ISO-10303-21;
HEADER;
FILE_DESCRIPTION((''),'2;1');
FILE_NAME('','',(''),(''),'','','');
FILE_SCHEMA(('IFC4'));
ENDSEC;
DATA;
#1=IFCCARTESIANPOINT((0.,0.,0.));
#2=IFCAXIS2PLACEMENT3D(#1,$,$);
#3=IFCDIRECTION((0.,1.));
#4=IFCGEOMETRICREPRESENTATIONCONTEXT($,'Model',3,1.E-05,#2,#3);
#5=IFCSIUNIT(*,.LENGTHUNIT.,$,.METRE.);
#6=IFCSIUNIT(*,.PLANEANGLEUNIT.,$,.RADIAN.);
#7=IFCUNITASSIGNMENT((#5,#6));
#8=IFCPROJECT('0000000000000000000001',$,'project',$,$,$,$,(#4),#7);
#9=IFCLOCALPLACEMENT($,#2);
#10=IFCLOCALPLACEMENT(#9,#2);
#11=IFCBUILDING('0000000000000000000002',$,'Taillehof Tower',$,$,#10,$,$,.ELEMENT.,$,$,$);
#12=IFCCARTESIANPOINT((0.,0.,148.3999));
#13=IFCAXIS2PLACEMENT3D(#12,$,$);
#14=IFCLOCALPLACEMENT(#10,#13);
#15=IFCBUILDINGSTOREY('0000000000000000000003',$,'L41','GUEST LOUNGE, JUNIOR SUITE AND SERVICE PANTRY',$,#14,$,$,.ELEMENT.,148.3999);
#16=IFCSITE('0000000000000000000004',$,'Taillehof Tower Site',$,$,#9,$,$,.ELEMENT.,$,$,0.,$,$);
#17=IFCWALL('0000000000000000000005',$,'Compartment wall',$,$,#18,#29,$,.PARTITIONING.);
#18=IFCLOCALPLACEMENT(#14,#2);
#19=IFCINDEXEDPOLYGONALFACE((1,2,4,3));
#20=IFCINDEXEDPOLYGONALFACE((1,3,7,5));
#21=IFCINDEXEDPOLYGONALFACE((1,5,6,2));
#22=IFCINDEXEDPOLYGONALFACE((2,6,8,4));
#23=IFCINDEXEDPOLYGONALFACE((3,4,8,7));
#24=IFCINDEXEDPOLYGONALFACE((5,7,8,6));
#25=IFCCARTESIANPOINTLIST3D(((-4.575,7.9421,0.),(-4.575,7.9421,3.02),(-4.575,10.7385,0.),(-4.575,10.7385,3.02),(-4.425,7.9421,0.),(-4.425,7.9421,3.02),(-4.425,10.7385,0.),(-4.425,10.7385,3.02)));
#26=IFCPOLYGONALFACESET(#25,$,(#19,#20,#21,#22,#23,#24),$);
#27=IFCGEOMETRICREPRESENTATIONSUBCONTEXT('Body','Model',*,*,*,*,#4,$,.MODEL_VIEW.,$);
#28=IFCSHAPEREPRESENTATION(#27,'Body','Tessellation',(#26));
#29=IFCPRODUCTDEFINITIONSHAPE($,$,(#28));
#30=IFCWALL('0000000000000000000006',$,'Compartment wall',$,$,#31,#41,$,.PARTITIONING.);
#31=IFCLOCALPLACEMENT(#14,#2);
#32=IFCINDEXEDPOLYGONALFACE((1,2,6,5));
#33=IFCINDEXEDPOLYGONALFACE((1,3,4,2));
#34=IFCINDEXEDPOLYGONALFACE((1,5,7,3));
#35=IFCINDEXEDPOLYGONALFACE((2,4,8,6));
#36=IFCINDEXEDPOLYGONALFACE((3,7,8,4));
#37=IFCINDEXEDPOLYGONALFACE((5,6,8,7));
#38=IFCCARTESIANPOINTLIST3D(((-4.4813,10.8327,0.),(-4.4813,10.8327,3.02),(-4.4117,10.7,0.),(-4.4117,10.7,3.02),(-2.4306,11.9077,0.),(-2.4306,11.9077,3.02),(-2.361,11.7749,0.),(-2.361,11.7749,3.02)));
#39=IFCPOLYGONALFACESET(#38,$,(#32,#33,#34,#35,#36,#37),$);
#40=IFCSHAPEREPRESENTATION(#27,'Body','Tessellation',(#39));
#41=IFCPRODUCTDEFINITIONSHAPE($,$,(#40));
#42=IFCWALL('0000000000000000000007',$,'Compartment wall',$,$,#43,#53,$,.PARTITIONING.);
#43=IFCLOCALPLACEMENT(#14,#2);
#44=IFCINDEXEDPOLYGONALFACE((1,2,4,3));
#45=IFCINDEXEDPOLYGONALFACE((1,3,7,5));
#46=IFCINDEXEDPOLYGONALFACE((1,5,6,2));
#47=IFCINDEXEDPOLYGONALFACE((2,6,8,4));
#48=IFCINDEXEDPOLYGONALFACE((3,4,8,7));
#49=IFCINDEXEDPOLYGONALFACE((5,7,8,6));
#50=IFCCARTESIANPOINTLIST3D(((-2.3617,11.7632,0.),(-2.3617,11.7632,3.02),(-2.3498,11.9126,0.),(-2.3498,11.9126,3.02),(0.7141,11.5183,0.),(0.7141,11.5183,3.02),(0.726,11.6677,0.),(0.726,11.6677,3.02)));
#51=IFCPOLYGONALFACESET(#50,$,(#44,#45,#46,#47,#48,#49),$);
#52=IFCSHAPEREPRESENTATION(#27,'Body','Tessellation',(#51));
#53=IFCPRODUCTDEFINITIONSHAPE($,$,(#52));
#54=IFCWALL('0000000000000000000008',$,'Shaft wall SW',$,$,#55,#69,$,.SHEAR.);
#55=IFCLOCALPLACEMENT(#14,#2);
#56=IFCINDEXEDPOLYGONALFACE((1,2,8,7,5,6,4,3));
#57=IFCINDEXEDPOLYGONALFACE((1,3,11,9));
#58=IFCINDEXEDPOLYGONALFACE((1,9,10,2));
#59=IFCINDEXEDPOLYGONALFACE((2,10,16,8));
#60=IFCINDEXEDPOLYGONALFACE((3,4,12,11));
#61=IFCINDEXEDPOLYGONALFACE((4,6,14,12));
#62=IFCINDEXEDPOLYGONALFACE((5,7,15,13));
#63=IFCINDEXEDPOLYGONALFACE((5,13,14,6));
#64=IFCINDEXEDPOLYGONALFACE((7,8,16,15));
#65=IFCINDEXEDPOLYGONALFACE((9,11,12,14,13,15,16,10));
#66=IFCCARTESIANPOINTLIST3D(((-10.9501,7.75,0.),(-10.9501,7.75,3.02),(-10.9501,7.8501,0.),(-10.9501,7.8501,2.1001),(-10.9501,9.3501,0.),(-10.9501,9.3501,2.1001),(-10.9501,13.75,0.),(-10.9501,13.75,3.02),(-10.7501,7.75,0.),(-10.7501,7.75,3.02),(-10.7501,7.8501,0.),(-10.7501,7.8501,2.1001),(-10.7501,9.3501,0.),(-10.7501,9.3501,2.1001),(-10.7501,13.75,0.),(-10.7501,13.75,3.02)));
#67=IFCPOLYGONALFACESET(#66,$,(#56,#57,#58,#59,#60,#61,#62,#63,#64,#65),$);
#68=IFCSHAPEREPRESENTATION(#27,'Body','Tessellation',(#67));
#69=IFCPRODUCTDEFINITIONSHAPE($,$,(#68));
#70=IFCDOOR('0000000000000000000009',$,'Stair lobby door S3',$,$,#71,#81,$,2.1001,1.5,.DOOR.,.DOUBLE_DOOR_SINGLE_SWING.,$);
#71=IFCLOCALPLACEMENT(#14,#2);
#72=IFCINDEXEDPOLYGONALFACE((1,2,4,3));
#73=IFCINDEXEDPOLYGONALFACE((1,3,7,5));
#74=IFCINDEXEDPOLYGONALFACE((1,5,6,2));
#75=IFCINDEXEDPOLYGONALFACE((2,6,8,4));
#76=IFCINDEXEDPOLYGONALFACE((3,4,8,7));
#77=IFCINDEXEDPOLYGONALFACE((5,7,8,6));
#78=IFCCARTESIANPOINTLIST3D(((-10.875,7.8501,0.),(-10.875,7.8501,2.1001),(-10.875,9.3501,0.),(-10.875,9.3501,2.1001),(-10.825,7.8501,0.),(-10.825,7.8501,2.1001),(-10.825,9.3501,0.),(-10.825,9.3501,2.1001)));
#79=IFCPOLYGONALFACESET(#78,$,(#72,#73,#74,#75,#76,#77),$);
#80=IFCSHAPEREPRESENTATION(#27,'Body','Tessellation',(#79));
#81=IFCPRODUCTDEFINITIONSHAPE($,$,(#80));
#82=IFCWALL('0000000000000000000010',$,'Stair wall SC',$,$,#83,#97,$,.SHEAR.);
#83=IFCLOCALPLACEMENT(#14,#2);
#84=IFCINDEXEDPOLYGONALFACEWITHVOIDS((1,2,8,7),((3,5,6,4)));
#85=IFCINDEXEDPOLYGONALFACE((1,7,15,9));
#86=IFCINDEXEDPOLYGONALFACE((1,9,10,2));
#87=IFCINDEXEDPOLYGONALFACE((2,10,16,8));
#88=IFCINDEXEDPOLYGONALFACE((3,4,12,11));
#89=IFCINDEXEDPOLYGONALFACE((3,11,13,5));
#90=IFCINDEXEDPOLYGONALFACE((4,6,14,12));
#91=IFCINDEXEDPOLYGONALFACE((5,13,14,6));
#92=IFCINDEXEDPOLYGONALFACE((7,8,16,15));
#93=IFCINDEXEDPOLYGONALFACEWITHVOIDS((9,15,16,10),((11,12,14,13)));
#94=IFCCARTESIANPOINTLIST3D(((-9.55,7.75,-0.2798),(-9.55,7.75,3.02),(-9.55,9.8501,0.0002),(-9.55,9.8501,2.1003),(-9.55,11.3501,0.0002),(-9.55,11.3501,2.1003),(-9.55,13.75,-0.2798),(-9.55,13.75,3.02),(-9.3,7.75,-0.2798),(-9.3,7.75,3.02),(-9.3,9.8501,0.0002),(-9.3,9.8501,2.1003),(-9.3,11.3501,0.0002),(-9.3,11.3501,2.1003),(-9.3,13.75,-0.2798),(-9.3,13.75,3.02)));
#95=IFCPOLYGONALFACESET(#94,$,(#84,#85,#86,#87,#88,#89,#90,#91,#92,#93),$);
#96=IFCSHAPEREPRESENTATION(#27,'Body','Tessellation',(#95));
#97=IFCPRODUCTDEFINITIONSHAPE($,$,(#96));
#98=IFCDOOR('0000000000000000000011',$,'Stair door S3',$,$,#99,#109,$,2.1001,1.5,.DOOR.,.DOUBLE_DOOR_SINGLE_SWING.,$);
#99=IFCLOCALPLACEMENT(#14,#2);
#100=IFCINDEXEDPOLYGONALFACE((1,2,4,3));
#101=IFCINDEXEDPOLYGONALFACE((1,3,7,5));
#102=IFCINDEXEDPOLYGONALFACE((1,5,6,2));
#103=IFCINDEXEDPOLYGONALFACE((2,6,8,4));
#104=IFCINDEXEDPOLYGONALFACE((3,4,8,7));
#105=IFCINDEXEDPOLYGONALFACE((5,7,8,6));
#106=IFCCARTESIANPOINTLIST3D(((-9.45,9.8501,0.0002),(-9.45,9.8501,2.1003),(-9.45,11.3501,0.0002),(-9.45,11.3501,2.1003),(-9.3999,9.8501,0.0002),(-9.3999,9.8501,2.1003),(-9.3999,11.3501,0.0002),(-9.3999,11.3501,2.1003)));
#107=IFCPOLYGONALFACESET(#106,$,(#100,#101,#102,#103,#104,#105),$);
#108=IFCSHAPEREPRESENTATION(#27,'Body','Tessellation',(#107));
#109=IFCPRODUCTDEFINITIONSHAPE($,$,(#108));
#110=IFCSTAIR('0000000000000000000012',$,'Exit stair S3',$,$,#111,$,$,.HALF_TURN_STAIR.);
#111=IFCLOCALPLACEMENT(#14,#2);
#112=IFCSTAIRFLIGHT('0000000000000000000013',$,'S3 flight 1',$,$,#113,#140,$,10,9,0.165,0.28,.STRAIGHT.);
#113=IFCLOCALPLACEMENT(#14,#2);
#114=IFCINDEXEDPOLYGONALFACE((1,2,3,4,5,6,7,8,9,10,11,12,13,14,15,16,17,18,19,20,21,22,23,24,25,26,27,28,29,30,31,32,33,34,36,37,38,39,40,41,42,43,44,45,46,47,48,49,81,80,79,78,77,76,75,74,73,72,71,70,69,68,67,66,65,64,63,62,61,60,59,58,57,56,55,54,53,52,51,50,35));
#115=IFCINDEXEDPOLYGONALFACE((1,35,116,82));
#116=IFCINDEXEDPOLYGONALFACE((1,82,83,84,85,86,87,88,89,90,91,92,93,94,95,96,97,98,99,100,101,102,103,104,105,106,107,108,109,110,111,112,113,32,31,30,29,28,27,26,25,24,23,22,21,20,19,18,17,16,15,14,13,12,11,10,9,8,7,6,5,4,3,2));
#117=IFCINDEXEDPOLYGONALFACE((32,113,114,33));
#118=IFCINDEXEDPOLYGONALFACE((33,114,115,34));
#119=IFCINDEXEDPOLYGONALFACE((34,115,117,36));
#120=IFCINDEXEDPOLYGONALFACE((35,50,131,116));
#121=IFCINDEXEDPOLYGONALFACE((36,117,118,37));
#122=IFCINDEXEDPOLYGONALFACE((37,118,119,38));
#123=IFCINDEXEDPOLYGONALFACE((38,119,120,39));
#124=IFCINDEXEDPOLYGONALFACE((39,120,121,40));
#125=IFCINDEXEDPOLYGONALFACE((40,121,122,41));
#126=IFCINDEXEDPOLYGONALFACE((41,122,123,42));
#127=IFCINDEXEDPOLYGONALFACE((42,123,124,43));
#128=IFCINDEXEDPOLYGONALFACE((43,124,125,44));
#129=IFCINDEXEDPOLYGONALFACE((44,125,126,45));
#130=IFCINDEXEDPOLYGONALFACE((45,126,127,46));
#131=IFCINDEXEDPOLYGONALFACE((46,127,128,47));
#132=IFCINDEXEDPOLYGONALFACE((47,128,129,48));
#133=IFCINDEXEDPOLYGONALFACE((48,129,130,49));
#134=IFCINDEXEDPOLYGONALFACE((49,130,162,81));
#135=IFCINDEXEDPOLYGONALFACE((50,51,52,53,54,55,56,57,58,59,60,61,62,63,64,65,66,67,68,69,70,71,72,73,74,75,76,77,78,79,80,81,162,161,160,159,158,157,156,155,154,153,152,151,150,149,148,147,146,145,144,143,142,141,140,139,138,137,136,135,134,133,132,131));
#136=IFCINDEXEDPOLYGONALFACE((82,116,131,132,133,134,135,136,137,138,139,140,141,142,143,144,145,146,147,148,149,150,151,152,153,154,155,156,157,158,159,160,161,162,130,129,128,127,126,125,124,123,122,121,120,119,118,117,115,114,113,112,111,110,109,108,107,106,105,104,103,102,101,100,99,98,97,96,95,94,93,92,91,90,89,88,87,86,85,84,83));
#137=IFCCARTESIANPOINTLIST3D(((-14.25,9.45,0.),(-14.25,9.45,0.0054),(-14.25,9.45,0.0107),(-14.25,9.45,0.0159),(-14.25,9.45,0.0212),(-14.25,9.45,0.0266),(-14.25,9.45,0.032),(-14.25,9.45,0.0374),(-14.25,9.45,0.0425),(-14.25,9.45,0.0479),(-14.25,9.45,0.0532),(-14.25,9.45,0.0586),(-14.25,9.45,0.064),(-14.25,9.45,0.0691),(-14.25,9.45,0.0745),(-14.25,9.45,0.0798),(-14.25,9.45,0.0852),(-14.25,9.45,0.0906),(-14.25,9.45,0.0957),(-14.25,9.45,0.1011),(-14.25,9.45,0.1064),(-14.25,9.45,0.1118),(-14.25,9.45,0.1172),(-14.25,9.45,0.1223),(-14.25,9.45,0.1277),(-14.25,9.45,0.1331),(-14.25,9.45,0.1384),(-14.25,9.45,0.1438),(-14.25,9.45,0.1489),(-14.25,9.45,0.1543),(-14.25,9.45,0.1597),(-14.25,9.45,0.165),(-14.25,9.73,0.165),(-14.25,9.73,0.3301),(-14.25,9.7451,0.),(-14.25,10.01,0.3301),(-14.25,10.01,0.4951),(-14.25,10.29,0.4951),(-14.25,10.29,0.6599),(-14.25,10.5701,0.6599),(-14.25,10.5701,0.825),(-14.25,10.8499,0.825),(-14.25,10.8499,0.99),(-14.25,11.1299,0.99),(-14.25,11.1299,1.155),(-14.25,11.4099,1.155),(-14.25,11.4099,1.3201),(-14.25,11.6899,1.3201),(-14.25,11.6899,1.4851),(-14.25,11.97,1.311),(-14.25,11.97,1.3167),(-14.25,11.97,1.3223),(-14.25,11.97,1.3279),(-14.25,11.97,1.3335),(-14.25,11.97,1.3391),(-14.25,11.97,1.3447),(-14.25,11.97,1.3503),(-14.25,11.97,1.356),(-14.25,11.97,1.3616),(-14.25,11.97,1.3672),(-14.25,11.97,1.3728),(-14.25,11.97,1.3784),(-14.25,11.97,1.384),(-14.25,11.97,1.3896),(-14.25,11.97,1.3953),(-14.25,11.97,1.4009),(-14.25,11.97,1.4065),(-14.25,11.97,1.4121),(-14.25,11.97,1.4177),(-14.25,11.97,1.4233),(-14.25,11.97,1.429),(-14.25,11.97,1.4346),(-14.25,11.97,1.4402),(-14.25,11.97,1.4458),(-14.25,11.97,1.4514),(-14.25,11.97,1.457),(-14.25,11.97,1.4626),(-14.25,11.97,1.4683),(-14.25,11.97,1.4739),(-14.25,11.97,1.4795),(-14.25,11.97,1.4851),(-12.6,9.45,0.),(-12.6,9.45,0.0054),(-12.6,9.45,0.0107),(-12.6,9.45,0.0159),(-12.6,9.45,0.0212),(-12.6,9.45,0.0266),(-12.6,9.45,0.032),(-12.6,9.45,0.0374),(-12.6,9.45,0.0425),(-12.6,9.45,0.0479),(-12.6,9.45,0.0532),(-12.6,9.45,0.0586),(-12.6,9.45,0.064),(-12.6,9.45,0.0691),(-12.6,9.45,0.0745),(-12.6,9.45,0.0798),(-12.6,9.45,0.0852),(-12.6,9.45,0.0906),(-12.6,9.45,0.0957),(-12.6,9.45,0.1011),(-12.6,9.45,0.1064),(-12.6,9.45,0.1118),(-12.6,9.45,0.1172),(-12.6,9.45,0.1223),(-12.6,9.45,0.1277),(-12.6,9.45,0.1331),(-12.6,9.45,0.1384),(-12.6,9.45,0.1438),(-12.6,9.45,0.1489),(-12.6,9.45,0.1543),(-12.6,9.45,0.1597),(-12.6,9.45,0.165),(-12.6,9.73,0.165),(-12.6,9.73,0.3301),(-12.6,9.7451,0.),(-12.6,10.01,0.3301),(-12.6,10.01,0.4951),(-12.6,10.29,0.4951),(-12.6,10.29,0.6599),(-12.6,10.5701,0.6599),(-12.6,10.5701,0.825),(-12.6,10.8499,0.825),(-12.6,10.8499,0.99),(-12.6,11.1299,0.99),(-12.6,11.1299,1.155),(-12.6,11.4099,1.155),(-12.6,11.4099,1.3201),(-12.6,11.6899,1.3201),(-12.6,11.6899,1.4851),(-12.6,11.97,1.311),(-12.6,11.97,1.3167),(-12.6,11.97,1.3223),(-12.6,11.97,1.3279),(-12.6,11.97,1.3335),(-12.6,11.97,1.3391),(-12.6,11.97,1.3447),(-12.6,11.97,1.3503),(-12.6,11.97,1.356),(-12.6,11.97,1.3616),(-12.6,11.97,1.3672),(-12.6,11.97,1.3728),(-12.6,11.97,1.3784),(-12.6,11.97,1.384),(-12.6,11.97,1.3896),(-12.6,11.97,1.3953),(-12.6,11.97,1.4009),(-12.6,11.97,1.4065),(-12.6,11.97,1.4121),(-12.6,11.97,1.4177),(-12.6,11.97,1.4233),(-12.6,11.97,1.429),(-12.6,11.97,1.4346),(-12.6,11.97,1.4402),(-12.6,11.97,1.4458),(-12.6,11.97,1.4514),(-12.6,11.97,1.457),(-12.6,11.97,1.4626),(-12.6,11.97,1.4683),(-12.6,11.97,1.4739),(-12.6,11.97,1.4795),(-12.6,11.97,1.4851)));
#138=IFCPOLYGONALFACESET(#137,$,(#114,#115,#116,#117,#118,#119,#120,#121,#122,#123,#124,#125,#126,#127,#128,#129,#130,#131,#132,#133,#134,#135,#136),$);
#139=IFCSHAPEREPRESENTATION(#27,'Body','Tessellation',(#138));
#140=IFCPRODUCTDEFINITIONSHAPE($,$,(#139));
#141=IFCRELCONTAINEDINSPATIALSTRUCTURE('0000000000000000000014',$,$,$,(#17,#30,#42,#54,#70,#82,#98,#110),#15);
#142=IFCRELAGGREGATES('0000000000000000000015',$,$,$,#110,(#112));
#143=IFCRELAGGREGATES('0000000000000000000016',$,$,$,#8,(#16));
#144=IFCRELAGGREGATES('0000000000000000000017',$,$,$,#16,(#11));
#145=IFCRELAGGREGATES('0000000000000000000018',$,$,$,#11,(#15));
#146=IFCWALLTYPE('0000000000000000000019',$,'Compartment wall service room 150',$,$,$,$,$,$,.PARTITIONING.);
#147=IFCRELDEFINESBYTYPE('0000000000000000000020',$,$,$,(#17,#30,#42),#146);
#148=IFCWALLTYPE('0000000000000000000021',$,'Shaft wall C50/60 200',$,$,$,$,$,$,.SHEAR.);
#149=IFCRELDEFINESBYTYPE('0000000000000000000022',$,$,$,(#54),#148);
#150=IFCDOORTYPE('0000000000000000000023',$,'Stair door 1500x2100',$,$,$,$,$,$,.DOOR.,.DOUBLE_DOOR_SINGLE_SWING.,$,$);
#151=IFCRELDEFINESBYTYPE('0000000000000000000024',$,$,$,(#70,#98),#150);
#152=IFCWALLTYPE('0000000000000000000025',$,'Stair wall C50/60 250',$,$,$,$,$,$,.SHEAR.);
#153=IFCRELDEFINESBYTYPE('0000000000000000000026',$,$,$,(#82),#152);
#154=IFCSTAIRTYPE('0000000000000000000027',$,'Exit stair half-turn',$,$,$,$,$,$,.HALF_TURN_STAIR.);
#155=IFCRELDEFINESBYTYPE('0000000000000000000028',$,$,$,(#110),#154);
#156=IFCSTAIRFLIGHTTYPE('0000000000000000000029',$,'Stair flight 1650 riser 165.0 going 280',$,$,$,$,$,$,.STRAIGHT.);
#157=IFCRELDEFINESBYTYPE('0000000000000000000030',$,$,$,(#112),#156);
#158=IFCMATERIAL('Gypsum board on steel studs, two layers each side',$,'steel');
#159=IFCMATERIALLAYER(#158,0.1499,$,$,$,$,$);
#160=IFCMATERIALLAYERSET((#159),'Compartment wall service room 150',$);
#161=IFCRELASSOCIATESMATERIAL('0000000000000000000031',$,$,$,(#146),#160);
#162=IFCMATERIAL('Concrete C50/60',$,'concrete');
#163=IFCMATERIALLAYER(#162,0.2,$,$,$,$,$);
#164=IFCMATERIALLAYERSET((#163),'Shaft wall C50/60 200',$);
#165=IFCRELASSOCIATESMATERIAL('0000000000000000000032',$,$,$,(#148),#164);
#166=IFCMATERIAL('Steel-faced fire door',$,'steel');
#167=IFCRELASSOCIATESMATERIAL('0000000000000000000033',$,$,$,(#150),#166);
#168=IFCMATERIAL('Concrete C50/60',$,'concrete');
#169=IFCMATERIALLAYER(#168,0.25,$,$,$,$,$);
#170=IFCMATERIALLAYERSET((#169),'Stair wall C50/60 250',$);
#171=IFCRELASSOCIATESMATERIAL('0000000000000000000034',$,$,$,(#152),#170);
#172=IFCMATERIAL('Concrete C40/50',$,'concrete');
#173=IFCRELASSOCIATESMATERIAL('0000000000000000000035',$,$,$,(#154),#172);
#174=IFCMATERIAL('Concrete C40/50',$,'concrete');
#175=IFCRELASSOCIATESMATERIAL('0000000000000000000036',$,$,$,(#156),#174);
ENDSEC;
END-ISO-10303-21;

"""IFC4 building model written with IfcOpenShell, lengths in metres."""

from ifc_helpers import new_model, si_unit, direction, frame, frame_2d, origin, place, context, subcontext, project, spatial, polyline, rectangle, outline, extrude, material, layer, layer_set, type_object, element, fill, aggregate, save


model = new_model("IFC4")

# Units and contexts
model_context = context("Model", 3, precision=1e-05, world=origin(), true_north=direction((0.0, 1.0)))
body_context = subcontext(model_context, "Body", "Model", "MODEL_VIEW")
ifc_project = project(units=[si_unit("LENGTHUNIT", "METRE"), si_unit("PLANEANGLEUNIT", "RADIAN")], contexts=[model_context])

# Site, building, storey
site_placement = place(None, origin())
site = spatial("IfcSite", under=ifc_project, at=site_placement, Name="Taillehof Tower Site", CompositionType="ELEMENT", RefElevation=0.0)
building_placement = place(site_placement, origin())
building = spatial("IfcBuilding", under=site, at=building_placement, Name="Taillehof Tower", CompositionType="ELEMENT")
storey_placement = place(building_placement, frame((0.0, 0.0, 148.3999)))
storey = spatial("IfcBuildingStorey", under=building, at=storey_placement, Name="L41", Description="GUEST LOUNGE, JUNIOR SUITE AND SERVICE PANTRY", CompositionType="ELEMENT", Elevation=148.3999)

# Walls
ifc_material_1 = material(Name="Gypsum board on steel studs, two layers each side", Category="steel")
ifc_layer_1 = layer(ifc_material_1, 0.1499)
ifc_layer_set_1 = layer_set([ifc_layer_1], Name="Compartment wall service room 150")
wall_type_1 = type_object("IfcWallType", Name="Compartment wall service room 150", PredefinedType="PARTITIONING", material=ifc_layer_set_1)
wall_1_placement = place(storey_placement, frame((-4.5, 7.9421, 0.0), z_axis=(0.0, 0.0, 1.0), x_axis=(0.0, 1.0, 0.0)))
element("IfcWall", 1, at=wall_1_placement, inside=storey, type_object=wall_type_1, Name="Compartment wall", PredefinedType="PARTITIONING", context=body_context, shape_type="SweptSolid", body=[
    extrude(rectangle(XDim=2.7964, YDim=0.1499, at=frame_2d((1.3982, 0.0))), origin(), (0.0, 0.0, 1.0), 3.02),
])
wall_2_placement = place(storey_placement, frame((-4.4465, 10.7664, 0.0), z_axis=(0.0, 0.0, 1.0), x_axis=(0.885701, 0.464255, 0.0)))
element("IfcWall", 2, at=wall_2_placement, inside=storey, type_object=wall_type_1, Name="Compartment wall", PredefinedType="PARTITIONING", context=body_context, shape_type="SweptSolid", body=[
    extrude(rectangle(XDim=2.3154, YDim=0.1499, at=frame_2d((1.1577, 0.0))), origin(), (0.0, 0.0, 1.0), 3.02),
])
wall_3_placement = place(storey_placement, frame((-2.3557, 11.8379, 0.0), z_axis=(0.0, 0.0, 1.0), x_axis=(0.996846, -0.079365, 0.0)))
element("IfcWall", 3, at=wall_3_placement, inside=storey, type_object=wall_type_1, Name="Compartment wall", PredefinedType="PARTITIONING", context=body_context, shape_type="SweptSolid", body=[
    extrude(rectangle(XDim=3.0854, YDim=0.1499, at=frame_2d((1.5427, 0.0))), origin(), (0.0, 0.0, 1.0), 3.02),
])

# Walls, openings, doors
ifc_material_2 = material(Name="Concrete C50/60", Category="concrete")
ifc_layer_2 = layer(ifc_material_2, 0.2)
ifc_layer_set_2 = layer_set([ifc_layer_2], Name="Shaft wall C50/60 200")
wall_type_2 = type_object("IfcWallType", Name="Shaft wall C50/60 200", PredefinedType="SHEAR", material=ifc_layer_set_2)
wall_4_placement = place(storey_placement, frame((-10.8501, 7.75, 0.0), z_axis=(0.0, 0.0, 1.0), x_axis=(0.0, 1.0, 0.0)))
wall_4 = element("IfcWall", 4, at=wall_4_placement, inside=storey, type_object=wall_type_2, Name="Shaft wall SW", PredefinedType="SHEAR", context=body_context, shape_type="SweptSolid", body=[
    extrude(rectangle(XDim=6.0, YDim=0.2, at=frame_2d((3.0, 0.0))), origin(), (0.0, 0.0, 1.0), 3.02),
])
opening_1_placement = place(wall_4_placement, frame((0.1001, 0.0, 0.0)))
opening_1 = element("IfcOpeningElement", 5, at=opening_1_placement, cuts=wall_4, PredefinedType="OPENING", context=body_context, shape_type="SweptSolid", body=[
    extrude(rectangle(XDim=1.5, YDim=2.1001, at=frame_2d((0.75, 1.05))), frame((0.0, 0.1099, 0.0), z_axis=(0.0, -1.0, 0.0), x_axis=(1.0, 0.0, 0.0)), (0.0, 0.0, 1.0), 0.22),
])
ifc_material_3 = material(Name="Steel-faced fire door", Category="steel")
door_type = type_object("IfcDoorType", Name="Stair door 1500x2100", OperationType="DOUBLE_DOOR_SINGLE_SWING", PredefinedType="DOOR", material=ifc_material_3)
door_1_placement = place(opening_1_placement, origin())
door_1 = element("IfcDoor", 6, at=door_1_placement, inside=storey, type_object=door_type, Name="Stair lobby door S3", OperationType="DOUBLE_DOOR_SINGLE_SWING", OverallHeight=2.1001, OverallWidth=1.5, PredefinedType="DOOR", context=body_context, shape_type="SweptSolid", body=[
    extrude(rectangle(XDim=1.5, YDim=2.1001, at=frame_2d((0.75, 1.05))), frame((0.0, 0.0249, 0.0), z_axis=(0.0, -1.0, 0.0), x_axis=(1.0, 0.0, 0.0)), (0.0, 0.0, 1.0), 0.05),
])
fill(opening_1, door_1)
ifc_material_4 = material(Name="Concrete C50/60", Category="concrete")
ifc_layer_3 = layer(ifc_material_4, 0.25)
ifc_layer_set_3 = layer_set([ifc_layer_3], Name="Stair wall C50/60 250")
wall_type_3 = type_object("IfcWallType", Name="Stair wall C50/60 250", PredefinedType="SHEAR", material=ifc_layer_set_3)
wall_5_placement = place(storey_placement, frame((-9.425, 7.75, -0.2798), z_axis=(0.0, 0.0, 1.0), x_axis=(0.0, 1.0, 0.0)))
wall_5 = element("IfcWall", 7, at=wall_5_placement, inside=storey, type_object=wall_type_3, Name="Stair wall SC", PredefinedType="SHEAR", context=body_context, shape_type="SweptSolid", body=[
    extrude(rectangle(XDim=6.0, YDim=0.25, at=frame_2d((3.0, 0.0))), origin(), (0.0, 0.0, 1.0), 3.2998),
])
opening_2_placement = place(wall_5_placement, frame((2.1001, 0.0, 0.28)))
opening_2 = element("IfcOpeningElement", 8, at=opening_2_placement, cuts=wall_5, PredefinedType="OPENING", context=body_context, shape_type="SweptSolid", body=[
    extrude(rectangle(XDim=1.5, YDim=2.1001, at=frame_2d((0.75, 1.05))), frame((0.0, 0.135, 0.0), z_axis=(0.0, -1.0, 0.0), x_axis=(1.0, 0.0, 0.0)), (0.0, 0.0, 1.0), 0.27),
])
door_2_placement = place(opening_2_placement, origin())
door_2 = element("IfcDoor", 9, at=door_2_placement, inside=storey, type_object=door_type, Name="Stair door S3", OperationType="DOUBLE_DOOR_SINGLE_SWING", OverallHeight=2.1001, OverallWidth=1.5, PredefinedType="DOOR", context=body_context, shape_type="SweptSolid", body=[
    extrude(rectangle(XDim=1.5, YDim=2.1001, at=frame_2d((0.75, 1.05))), frame((0.0, 0.0249, 0.0), z_axis=(0.0, -1.0, 0.0), x_axis=(1.0, 0.0, 0.0)), (0.0, 0.0, 1.0), 0.05),
])
fill(opening_2, door_2)

# Stair, stair flight
ifc_material_5 = material(Name="Concrete C40/50", Category="concrete")
stair_type = type_object("IfcStairType", Name="Exit stair half-turn", PredefinedType="HALF_TURN_STAIR", material=ifc_material_5)
stair_placement = place(storey_placement, origin())
stair = element("IfcStair", 10, at=stair_placement, inside=storey, type_object=stair_type, Name="Exit stair S3", PredefinedType="HALF_TURN_STAIR")
ifc_material_6 = material(Name="Concrete C40/50", Category="concrete")
stair_flight_type = type_object("IfcStairFlightType", Name="Stair flight 1650 riser 165.0 going 280", PredefinedType="STRAIGHT", material=ifc_material_6)
stair_flight_placement = place(storey_placement, frame((-13.425, 9.45, 0.0), z_axis=(0.0, 0.0, 1.0), x_axis=(0.0, 1.0, 0.0)))
stair_flight = element("IfcStairFlight", 11, at=stair_flight_placement, type_object=stair_flight_type, Name="S3 flight 1", NumberOfRisers=10, NumberOfTreads=9, PredefinedType="STRAIGHT", RiserHeight=0.165, TreadLength=0.28, context=body_context, shape_type="SweptSolid", body=[
    extrude(outline(polyline([(0.0, 0.0), (0.0, 0.0054), (0.0, 0.0107), (0.0, 0.0159), (0.0, 0.0212), (0.0, 0.0266), (0.0, 0.032), (0.0, 0.0374), (0.0, 0.0425), (0.0, 0.0479), (0.0, 0.0532), (0.0, 0.0586), (0.0, 0.064), (0.0, 0.0691), (0.0, 0.0745), (0.0, 0.0798), (0.0, 0.0852), (0.0, 0.0906), (0.0, 0.0957), (0.0, 0.1011), (0.0, 0.1064), (0.0, 0.1118), (0.0, 0.1172), (0.0, 0.1223), (0.0, 0.1277), (0.0, 0.1331), (0.0, 0.1384), (0.0, 0.1438), (0.0, 0.1489), (0.0, 0.1543), (0.0, 0.1597), (0.0, 0.165), (0.28, 0.165), (0.28, 0.3301), (0.5601, 0.3301), (0.5601, 0.4951), (0.8401, 0.4951), (0.8401, 0.6599), (1.1201, 0.6599), (1.1201, 0.825), (1.3999, 0.825), (1.3999, 0.99), (1.6799, 0.99), (1.6799, 1.155), (1.96, 1.155), (1.96, 1.3201), (2.24, 1.3201), (2.24, 1.4851), (2.52, 1.4851), (2.52, 1.4795), (2.52, 1.4739), (2.52, 1.4683), (2.52, 1.4626), (2.52, 1.457), (2.52, 1.4514), (2.52, 1.4458), (2.52, 1.4402), (2.52, 1.4346), (2.52, 1.429), (2.52, 1.4233), (2.52, 1.4177), (2.52, 1.4121), (2.52, 1.4065), (2.52, 1.4009), (2.52, 1.3953), (2.52, 1.3896), (2.52, 1.384), (2.52, 1.3784), (2.52, 1.3728), (2.52, 1.3672), (2.52, 1.3616), (2.52, 1.356), (2.52, 1.3503), (2.52, 1.3447), (2.52, 1.3391), (2.52, 1.3335), (2.52, 1.3279), (2.52, 1.3223), (2.52, 1.3167), (2.52, 1.311), (0.2952, 0.0), (0.0, 0.0)])), frame((0.0, 0.825, 0.0), z_axis=(0.0, -1.0, 0.0), x_axis=(1.0, 0.0, 0.0)), (0.0, 0.0, 1.0), 1.65),
])
aggregate(stair, [stair_flight])

save(model, "model.ifc")
